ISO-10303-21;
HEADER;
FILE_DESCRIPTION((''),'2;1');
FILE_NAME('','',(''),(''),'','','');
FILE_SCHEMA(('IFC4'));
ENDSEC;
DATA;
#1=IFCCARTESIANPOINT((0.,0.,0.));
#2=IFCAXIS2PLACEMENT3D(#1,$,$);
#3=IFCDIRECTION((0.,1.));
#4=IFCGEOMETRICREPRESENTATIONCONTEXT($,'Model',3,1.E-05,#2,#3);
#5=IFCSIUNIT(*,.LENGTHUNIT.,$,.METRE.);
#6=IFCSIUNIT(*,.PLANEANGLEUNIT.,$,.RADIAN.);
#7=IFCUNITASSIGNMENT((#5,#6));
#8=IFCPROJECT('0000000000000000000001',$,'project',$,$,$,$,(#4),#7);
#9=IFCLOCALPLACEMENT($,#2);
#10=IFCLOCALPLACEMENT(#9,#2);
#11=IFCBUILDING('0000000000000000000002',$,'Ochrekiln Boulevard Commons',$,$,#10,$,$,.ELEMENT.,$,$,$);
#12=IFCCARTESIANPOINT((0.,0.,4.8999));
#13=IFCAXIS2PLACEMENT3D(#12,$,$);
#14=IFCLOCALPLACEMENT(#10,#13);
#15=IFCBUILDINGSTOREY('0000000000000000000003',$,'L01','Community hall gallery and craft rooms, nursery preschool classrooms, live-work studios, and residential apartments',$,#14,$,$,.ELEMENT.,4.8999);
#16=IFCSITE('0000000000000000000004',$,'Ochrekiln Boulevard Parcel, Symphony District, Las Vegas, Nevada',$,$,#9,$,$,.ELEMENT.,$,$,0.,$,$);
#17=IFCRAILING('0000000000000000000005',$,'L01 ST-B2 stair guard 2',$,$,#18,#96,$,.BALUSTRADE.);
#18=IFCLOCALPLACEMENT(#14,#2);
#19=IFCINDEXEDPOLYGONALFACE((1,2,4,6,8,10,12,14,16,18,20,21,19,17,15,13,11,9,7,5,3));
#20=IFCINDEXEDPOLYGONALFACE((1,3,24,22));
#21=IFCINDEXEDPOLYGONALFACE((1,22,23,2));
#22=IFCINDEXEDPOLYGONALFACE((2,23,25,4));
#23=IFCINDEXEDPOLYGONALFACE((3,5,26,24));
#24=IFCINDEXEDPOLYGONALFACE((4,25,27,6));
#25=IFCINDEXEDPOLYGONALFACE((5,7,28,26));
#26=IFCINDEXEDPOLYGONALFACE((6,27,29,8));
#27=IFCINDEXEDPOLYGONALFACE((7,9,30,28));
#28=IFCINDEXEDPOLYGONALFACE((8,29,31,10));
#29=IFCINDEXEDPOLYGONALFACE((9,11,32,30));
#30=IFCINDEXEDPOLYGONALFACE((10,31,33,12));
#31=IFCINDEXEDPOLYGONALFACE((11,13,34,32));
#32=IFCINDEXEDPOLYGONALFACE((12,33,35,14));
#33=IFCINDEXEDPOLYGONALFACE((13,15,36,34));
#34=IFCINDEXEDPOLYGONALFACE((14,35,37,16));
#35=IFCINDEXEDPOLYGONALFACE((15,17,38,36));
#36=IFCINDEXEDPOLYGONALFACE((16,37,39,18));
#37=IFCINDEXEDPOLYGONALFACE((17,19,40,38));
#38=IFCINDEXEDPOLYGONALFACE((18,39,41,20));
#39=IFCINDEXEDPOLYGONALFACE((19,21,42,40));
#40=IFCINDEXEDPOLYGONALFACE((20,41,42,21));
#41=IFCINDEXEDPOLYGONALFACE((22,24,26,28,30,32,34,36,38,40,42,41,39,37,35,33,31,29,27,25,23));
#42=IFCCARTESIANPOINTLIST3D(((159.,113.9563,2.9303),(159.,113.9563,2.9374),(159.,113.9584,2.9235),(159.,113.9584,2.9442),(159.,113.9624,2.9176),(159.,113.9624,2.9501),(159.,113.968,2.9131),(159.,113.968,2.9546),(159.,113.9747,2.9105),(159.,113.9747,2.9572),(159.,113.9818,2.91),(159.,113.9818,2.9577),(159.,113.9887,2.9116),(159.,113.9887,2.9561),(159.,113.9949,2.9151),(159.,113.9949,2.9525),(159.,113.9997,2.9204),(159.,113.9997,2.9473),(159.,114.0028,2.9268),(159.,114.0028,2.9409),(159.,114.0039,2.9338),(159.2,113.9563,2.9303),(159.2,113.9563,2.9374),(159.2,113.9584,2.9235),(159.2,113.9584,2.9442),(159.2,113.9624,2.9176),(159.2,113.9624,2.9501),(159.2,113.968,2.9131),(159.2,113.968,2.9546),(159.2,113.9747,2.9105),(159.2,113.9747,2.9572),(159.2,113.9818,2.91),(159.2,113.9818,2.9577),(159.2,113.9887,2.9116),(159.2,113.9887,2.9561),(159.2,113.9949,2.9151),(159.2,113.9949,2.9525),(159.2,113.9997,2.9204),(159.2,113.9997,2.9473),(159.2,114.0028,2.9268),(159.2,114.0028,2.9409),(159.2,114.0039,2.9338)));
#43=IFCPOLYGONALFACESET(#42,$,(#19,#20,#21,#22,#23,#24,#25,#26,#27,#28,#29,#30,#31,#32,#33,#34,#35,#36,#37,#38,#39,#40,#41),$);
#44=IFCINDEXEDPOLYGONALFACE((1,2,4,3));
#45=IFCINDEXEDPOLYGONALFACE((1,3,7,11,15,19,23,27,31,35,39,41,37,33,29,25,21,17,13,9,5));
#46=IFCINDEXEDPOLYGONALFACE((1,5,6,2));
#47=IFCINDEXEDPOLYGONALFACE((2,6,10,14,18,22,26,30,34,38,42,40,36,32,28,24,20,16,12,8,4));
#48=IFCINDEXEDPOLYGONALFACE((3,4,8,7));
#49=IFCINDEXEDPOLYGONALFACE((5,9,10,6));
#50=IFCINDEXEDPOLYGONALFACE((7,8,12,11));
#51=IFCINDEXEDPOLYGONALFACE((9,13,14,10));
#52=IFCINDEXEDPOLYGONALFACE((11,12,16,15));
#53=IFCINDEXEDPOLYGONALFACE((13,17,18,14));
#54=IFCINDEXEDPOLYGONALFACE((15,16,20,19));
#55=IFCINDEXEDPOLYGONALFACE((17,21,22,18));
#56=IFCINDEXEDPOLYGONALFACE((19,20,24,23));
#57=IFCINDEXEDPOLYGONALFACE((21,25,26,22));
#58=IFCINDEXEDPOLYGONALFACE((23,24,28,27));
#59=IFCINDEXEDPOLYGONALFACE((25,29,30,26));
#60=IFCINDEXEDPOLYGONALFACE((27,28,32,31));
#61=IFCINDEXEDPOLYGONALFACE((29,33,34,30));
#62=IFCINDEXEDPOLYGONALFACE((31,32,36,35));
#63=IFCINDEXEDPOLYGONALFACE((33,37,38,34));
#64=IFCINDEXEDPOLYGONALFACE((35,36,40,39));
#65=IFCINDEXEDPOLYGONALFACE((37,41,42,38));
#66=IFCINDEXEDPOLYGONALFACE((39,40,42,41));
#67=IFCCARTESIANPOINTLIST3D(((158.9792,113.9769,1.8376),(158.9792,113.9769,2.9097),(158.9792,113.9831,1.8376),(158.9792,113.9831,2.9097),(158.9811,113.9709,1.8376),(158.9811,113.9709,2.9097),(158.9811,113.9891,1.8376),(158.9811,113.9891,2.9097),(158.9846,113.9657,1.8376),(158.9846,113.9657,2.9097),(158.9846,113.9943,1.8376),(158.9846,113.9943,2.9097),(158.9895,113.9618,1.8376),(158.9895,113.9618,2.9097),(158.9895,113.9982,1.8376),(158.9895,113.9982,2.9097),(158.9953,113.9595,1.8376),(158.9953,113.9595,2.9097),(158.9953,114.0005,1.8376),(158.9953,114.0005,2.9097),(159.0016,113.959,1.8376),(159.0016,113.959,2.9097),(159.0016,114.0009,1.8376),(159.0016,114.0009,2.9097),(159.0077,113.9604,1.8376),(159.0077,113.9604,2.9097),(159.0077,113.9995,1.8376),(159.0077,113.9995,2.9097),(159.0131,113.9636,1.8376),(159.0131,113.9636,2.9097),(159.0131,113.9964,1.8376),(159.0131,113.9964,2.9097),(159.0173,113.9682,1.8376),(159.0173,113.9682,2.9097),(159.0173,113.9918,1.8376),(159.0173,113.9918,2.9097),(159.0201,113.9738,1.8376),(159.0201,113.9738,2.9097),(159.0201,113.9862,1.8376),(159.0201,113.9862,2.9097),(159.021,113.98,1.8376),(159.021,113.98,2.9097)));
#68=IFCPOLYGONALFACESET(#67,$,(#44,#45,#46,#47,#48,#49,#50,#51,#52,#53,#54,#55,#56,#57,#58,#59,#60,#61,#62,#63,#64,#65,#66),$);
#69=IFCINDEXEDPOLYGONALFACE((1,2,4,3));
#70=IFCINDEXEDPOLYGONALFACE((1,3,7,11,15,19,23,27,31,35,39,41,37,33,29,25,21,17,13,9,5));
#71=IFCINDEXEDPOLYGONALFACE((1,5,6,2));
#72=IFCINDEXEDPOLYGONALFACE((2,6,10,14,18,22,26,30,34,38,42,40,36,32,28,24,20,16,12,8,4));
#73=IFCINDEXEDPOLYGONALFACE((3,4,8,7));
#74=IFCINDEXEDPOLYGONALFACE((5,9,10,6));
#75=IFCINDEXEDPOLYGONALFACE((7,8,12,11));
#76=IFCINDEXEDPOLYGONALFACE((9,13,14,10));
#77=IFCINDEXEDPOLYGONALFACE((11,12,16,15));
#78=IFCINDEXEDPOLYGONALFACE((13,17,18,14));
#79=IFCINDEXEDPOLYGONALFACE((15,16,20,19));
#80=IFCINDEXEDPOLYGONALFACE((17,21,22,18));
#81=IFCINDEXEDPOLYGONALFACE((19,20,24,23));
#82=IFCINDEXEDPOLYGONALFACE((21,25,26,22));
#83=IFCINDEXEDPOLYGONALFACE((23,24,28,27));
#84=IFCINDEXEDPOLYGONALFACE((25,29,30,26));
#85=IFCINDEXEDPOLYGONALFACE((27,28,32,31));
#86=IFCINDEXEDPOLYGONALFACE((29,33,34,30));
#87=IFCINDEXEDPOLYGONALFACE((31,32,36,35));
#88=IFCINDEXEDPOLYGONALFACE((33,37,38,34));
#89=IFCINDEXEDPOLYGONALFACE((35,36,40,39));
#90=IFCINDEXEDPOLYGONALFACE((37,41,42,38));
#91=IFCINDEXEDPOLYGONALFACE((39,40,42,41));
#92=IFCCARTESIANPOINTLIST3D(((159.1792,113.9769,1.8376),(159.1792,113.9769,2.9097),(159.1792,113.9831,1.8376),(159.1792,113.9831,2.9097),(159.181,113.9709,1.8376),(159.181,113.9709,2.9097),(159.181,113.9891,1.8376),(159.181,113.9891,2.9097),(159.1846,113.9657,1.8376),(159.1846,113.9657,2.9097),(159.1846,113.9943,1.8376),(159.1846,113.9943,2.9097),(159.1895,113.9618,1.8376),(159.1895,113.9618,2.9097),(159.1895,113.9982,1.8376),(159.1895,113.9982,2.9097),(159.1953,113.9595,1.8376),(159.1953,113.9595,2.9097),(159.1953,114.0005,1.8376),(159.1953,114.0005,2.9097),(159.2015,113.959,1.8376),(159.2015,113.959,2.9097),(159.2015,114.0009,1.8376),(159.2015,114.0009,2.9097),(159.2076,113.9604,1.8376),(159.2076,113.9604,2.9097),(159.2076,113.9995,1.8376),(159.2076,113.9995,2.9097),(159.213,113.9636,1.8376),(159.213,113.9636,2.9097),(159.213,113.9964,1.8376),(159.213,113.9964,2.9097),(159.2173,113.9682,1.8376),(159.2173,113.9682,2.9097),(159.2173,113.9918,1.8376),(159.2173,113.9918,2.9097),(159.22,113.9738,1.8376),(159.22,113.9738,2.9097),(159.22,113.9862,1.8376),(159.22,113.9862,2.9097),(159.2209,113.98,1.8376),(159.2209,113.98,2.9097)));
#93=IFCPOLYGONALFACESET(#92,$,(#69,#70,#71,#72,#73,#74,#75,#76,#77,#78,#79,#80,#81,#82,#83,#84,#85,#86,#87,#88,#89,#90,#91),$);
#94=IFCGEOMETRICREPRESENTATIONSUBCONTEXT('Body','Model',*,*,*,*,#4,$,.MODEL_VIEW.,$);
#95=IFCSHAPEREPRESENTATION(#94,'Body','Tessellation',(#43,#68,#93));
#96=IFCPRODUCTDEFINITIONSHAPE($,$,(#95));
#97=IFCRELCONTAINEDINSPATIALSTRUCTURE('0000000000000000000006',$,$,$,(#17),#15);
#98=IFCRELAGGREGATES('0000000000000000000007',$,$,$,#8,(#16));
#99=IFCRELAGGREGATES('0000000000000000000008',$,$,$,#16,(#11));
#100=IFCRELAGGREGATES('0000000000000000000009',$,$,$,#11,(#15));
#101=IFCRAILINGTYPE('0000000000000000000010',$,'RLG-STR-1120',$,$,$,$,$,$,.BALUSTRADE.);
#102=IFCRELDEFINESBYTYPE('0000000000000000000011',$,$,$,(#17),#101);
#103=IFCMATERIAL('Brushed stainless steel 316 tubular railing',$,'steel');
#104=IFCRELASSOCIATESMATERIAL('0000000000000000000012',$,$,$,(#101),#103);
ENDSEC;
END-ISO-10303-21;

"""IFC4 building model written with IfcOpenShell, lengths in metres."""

from ifc_helpers import new_model, si_unit, direction, frame, origin, origin_2d, place, context, subcontext, project, spatial, circle, extrude, material, type_object, element, save


model = new_model("IFC4")

# Units and contexts
model_context = context("Model", 3, precision=1e-05, world=origin(), true_north=direction((0.0, 1.0)))
body_context = subcontext(model_context, "Body", "Model", "MODEL_VIEW")
ifc_project = project(units=[si_unit("LENGTHUNIT", "METRE"), si_unit("PLANEANGLEUNIT", "RADIAN")], contexts=[model_context])

# Site, building, storey
site_placement = place(None, origin())
site = spatial("IfcSite", under=ifc_project, at=site_placement, Name="Ochrekiln Boulevard Parcel, Symphony District, Las Vegas, Nevada", CompositionType="ELEMENT", RefElevation=0.0)
building_placement = place(site_placement, origin())
building = spatial("IfcBuilding", under=site, at=building_placement, Name="Ochrekiln Boulevard Commons", CompositionType="ELEMENT")
storey_placement = place(building_placement, frame((0.0, 0.0, 4.8999)))
storey = spatial("IfcBuildingStorey", under=building, at=storey_placement, Name="L01", Description="Community hall gallery and craft rooms, nursery preschool classrooms, live-work studios, and residential apartments", CompositionType="ELEMENT", Elevation=4.8999)

# Railing
ifc_material_1 = material(Name="Brushed stainless steel 316 tubular railing", Category="steel")
railing_type_1 = type_object("IfcRailingType", Name="RLG-STR-1120", PredefinedType="BALUSTRADE", material=ifc_material_1)
railing_1_placement = place(storey_placement, frame((159.0, 113.98, 1.8376)))
element("IfcRailing", 1, at=railing_1_placement, inside=storey, type_object=railing_type_1, Name="L01 ST-B2 stair guard 2", PredefinedType="BALUSTRADE", context=body_context, shape_type="SweptSolid", body=[
    extrude(circle(Radius=0.0239, at=origin_2d()), frame((0.0, 0.0, 1.0962), z_axis=(1.0, 0.0, 0.0), x_axis=(0.0, 1.0, 0.0)), (0.0, 0.0, 1.0), 0.2),
    extrude(circle(Radius=0.021, at=origin_2d()), origin(), (0.0, 0.0, 1.0), 1.072),
    extrude(circle(Radius=0.021, at=origin_2d()), frame((0.2, 0.0, 0.0)), (0.0, 0.0, 1.0), 1.072),
])

save(model, "model.ifc")
